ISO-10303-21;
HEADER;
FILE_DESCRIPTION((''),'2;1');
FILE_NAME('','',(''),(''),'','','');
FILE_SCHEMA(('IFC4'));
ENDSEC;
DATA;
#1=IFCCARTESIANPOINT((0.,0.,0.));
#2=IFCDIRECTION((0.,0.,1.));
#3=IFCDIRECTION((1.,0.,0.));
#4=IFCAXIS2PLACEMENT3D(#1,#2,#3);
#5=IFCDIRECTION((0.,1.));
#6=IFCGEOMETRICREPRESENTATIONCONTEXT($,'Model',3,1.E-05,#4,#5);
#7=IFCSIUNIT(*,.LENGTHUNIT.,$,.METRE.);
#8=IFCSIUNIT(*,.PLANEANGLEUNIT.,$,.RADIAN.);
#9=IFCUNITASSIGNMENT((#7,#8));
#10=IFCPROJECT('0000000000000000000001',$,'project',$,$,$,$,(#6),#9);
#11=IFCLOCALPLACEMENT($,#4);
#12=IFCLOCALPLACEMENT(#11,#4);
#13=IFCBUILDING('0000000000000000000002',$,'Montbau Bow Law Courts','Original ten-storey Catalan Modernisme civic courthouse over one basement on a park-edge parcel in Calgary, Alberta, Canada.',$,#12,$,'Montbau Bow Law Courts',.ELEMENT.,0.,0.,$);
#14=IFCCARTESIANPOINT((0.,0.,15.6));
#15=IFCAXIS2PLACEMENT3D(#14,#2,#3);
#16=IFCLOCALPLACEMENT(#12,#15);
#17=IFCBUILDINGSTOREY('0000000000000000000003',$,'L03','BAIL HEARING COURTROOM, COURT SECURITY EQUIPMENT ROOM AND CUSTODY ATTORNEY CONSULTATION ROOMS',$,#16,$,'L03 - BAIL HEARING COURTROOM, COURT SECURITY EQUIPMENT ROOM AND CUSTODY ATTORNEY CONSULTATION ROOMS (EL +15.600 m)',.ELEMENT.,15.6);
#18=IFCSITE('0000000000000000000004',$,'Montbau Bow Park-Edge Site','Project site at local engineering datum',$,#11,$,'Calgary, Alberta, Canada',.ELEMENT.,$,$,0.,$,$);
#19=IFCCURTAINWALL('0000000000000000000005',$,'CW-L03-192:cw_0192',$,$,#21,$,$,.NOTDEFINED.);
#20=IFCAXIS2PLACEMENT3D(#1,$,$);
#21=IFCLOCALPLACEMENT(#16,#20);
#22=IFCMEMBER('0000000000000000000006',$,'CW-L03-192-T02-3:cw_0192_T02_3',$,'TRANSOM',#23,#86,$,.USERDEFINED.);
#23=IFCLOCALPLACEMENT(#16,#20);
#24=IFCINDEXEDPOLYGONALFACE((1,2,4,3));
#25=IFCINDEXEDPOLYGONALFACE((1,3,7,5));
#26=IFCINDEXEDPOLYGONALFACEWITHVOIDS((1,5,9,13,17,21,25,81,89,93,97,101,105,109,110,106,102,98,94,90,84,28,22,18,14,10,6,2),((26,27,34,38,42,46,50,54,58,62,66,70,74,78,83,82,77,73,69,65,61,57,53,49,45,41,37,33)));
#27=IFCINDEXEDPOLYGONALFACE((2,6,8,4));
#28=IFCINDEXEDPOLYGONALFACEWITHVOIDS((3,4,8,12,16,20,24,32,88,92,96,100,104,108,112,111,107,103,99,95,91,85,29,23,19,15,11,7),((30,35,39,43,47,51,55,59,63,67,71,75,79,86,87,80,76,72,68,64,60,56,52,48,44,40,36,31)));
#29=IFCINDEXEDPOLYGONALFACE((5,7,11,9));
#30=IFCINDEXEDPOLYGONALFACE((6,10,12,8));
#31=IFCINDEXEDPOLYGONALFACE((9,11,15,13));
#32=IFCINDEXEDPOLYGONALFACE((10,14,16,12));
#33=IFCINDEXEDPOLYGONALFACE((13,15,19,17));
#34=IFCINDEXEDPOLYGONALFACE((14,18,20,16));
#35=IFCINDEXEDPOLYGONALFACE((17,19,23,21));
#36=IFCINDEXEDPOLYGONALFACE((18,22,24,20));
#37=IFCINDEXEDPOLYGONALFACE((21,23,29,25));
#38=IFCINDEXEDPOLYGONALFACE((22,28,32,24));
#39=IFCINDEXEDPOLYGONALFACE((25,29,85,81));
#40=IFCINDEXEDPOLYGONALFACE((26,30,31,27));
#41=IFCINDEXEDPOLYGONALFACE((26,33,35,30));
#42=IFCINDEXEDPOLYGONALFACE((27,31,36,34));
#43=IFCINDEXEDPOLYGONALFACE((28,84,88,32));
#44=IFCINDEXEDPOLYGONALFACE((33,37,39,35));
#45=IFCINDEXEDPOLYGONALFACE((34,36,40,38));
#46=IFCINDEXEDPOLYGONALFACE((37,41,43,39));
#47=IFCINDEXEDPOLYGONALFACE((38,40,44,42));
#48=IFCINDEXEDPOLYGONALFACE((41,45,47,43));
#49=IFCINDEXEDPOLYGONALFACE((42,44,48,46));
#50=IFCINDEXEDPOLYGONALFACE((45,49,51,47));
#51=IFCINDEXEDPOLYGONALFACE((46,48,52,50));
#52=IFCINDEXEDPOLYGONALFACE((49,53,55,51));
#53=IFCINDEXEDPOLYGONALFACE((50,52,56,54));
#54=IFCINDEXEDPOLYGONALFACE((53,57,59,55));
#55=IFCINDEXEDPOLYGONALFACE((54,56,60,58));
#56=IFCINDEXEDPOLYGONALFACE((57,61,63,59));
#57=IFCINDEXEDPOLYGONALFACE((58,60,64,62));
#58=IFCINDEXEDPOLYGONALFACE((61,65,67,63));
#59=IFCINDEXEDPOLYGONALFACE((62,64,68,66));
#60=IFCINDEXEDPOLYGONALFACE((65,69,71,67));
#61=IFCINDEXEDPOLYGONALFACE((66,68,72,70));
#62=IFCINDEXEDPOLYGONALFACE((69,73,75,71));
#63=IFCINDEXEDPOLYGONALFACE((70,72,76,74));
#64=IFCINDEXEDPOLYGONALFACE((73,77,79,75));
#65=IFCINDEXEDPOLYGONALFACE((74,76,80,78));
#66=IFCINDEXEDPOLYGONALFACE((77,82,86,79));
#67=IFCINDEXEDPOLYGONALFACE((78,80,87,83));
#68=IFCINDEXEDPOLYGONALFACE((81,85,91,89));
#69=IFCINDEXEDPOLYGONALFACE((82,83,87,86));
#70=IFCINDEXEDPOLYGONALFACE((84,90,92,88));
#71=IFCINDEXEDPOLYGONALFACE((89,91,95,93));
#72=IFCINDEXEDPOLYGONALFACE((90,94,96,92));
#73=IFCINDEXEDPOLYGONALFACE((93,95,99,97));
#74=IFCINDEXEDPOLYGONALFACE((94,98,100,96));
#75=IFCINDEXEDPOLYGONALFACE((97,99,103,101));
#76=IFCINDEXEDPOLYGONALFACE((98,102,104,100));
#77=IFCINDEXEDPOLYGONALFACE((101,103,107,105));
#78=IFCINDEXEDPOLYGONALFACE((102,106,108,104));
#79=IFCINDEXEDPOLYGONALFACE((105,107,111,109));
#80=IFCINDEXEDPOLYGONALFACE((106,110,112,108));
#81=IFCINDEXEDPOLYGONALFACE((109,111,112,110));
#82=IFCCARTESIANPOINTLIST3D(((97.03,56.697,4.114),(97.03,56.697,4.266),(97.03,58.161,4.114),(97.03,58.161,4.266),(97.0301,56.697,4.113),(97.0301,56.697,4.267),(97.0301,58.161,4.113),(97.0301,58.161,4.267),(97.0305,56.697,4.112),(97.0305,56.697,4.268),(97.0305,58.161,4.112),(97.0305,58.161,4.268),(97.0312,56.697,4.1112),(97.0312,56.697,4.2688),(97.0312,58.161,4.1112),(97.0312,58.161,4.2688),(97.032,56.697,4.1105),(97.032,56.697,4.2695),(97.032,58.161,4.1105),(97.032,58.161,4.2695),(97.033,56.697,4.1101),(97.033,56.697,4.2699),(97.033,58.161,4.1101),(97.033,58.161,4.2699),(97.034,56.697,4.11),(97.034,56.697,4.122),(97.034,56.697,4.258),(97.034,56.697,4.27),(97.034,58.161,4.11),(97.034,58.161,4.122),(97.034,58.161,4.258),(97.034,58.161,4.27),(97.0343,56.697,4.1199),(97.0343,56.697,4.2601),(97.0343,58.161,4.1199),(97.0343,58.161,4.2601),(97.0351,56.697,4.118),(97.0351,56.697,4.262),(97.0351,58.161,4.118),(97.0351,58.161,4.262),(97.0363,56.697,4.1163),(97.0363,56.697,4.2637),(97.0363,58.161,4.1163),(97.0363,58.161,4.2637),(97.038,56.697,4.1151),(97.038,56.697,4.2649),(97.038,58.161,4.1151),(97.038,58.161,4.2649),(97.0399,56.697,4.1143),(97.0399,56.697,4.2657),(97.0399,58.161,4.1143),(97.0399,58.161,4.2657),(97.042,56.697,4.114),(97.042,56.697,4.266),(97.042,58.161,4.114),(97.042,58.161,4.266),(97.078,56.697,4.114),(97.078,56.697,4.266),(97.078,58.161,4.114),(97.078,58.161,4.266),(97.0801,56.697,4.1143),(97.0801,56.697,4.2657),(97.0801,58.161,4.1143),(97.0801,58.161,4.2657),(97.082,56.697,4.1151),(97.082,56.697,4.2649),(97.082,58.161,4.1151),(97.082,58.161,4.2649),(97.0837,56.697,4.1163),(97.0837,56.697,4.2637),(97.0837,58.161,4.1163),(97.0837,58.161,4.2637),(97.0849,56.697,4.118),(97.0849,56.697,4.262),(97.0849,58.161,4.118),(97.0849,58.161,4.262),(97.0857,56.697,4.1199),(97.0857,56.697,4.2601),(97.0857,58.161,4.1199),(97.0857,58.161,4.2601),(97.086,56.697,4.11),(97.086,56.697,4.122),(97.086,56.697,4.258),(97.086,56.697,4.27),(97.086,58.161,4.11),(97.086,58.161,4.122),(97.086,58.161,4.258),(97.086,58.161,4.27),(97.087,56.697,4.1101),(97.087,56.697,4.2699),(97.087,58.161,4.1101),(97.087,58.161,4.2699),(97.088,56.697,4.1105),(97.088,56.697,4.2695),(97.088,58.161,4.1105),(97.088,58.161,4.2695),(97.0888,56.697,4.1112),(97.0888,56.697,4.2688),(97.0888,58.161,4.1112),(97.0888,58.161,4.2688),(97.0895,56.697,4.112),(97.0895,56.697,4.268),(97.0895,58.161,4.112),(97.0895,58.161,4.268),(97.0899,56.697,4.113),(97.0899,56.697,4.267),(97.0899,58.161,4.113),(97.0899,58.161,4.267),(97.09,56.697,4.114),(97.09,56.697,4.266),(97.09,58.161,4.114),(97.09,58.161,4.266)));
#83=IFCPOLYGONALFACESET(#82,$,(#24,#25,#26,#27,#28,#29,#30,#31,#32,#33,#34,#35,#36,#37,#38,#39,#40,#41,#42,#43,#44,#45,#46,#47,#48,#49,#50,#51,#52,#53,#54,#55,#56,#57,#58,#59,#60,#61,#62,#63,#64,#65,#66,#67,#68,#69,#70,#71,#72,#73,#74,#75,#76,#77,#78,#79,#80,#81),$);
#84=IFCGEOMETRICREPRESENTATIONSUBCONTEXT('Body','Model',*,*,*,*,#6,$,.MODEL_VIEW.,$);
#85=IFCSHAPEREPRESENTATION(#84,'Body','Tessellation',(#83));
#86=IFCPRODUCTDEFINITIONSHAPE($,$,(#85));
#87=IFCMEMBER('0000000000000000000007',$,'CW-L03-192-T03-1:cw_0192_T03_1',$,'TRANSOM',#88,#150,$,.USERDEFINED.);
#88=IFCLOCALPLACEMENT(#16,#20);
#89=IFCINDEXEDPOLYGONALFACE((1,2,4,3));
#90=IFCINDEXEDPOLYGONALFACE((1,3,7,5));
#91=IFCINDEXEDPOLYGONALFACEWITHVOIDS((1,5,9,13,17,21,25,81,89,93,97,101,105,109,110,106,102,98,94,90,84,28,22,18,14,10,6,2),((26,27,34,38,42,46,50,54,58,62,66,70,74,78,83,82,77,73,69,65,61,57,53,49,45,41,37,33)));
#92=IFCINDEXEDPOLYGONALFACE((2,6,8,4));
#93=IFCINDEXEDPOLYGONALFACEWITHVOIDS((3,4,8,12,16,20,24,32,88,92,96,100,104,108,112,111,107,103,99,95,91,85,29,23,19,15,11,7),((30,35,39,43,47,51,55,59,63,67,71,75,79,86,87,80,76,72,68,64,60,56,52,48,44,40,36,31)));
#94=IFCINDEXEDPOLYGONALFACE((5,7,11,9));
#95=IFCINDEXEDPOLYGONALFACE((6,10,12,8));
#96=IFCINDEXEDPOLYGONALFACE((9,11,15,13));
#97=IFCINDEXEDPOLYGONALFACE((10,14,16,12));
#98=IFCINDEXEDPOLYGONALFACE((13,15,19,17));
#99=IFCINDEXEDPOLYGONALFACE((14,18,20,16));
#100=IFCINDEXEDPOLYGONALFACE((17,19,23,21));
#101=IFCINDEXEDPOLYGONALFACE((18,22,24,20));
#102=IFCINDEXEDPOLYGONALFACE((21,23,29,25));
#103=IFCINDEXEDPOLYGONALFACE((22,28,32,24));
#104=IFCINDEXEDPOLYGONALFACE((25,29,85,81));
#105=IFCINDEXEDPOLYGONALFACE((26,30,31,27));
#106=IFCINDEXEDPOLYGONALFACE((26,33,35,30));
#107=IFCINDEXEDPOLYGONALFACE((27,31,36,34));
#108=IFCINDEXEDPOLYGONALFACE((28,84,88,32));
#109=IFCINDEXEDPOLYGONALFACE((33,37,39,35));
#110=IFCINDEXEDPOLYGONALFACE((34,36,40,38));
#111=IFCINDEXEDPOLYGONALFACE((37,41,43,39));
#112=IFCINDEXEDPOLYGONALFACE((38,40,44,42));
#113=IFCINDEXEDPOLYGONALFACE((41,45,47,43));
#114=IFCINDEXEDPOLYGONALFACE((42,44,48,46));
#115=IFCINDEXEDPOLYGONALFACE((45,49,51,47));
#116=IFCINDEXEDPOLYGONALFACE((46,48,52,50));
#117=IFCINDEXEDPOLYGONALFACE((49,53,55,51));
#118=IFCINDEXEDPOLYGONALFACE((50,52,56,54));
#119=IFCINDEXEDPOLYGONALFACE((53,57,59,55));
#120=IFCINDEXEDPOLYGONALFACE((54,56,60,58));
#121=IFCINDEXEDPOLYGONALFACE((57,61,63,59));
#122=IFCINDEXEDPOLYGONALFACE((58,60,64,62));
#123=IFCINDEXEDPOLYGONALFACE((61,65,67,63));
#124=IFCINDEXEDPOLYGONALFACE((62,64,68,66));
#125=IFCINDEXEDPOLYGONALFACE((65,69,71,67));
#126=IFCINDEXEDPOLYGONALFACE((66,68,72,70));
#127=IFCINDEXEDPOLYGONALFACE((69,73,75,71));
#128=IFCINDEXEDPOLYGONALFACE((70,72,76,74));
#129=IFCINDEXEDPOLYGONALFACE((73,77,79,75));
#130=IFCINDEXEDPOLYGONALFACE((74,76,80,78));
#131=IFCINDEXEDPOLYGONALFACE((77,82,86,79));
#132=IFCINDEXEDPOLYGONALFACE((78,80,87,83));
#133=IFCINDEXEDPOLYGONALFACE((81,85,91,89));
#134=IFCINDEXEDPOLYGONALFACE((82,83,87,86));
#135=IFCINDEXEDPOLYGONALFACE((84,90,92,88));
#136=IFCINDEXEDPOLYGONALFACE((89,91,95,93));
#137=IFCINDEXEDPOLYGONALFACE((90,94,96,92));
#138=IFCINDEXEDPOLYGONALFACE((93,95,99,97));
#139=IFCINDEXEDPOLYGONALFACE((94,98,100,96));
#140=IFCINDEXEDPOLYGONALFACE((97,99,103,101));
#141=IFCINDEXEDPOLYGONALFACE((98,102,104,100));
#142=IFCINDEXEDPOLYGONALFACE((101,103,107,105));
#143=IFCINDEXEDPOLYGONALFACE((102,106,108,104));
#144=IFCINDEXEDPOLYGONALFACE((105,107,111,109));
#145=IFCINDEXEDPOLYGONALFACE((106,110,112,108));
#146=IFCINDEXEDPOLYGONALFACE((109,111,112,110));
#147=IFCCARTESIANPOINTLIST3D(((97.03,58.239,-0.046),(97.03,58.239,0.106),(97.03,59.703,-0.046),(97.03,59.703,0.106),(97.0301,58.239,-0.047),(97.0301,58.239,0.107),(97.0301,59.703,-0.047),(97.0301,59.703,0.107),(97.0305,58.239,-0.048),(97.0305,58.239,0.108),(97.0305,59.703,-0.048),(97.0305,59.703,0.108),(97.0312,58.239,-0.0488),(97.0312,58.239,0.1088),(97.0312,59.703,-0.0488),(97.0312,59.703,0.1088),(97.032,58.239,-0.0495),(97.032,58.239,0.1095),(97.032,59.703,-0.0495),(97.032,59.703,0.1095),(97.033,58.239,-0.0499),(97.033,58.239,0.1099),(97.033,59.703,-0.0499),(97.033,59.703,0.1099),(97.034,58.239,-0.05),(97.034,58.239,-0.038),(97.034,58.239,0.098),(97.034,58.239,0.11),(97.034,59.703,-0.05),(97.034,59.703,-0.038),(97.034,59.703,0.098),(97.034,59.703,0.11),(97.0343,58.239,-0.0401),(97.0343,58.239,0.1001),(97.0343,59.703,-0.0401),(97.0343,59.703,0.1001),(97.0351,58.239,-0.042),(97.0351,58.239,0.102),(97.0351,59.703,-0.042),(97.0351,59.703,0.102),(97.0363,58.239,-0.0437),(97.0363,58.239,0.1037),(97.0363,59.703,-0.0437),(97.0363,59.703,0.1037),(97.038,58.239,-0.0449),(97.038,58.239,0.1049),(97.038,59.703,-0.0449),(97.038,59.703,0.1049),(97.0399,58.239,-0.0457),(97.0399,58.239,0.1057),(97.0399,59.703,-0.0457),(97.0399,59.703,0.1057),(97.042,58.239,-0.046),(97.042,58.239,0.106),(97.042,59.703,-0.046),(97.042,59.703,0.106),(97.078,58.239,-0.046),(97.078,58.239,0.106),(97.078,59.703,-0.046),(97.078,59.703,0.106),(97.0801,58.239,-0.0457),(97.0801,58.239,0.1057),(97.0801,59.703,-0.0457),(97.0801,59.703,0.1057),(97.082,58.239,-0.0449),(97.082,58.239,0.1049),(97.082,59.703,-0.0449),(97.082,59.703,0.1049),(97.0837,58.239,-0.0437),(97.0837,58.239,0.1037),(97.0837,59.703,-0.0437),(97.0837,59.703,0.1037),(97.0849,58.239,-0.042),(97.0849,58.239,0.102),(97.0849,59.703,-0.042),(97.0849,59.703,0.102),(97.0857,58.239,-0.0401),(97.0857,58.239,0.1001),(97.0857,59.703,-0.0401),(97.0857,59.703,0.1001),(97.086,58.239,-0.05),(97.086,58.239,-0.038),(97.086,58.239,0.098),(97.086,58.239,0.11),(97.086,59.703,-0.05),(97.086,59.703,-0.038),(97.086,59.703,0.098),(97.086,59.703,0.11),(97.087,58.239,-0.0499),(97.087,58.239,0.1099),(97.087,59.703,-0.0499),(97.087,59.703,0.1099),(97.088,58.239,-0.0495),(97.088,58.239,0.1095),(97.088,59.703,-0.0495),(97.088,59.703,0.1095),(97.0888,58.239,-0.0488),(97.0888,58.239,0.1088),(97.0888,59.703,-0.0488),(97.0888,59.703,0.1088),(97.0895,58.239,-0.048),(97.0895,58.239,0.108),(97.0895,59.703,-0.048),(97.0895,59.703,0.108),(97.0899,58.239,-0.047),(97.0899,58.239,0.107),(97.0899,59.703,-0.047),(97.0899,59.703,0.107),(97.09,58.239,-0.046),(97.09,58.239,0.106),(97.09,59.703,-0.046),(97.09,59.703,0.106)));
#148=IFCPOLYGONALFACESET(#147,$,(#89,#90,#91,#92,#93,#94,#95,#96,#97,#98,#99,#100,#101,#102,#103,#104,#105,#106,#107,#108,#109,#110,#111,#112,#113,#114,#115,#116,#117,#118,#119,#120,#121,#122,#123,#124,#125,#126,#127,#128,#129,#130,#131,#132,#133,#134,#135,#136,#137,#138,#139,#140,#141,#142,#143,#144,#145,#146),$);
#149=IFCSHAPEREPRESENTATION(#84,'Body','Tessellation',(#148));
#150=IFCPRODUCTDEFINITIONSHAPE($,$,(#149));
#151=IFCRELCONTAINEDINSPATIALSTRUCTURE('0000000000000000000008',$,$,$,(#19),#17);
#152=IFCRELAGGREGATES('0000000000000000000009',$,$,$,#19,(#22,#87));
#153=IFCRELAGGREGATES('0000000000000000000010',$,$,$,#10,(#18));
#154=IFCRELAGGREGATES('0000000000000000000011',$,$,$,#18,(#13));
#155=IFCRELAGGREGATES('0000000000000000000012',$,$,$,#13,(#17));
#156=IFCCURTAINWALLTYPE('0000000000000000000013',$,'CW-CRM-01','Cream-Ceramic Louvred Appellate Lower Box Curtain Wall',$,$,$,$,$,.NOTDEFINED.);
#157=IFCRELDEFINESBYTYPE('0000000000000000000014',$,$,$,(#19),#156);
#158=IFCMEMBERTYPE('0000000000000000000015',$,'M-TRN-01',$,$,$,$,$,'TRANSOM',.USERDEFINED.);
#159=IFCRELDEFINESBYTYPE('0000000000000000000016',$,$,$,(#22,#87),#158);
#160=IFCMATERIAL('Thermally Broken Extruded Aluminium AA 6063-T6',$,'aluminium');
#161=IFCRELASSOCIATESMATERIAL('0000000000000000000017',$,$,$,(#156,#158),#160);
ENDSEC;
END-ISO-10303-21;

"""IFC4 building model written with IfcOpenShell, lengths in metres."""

from ifc_helpers import new_model, si_unit, direction, frame, origin_with_axes, origin_2d_with_axis, place, context, subcontext, project, spatial, hollow_rectangle, extrude, material, material_profile, profile_set, type_object, element, aggregate, save


model = new_model("IFC4")

# Units and contexts
model_context = context("Model", 3, precision=1e-05, world=origin_with_axes(), true_north=direction((0.0, 1.0)))
body_context = subcontext(model_context, "Body", "Model", "MODEL_VIEW")
ifc_project = project(units=[si_unit("LENGTHUNIT", "METRE"), si_unit("PLANEANGLEUNIT", "RADIAN")], contexts=[model_context])

# Site, building, storey
site_placement = place(None, origin_with_axes())
site = spatial("IfcSite", under=ifc_project, at=site_placement, Name="Montbau Bow Park-Edge Site", Description="Project site at local engineering datum", LongName="Calgary, Alberta, Canada", CompositionType="ELEMENT", RefElevation=0.0)
building_placement = place(site_placement, origin_with_axes())
building = spatial("IfcBuilding", under=site, at=building_placement, Name="Montbau Bow Law Courts", Description="Original ten-storey Catalan Modernisme civic courthouse over one basement on a park-edge parcel in Calgary, Alberta, Canada.", LongName="Montbau Bow Law Courts", CompositionType="ELEMENT", ElevationOfRefHeight=0.0, ElevationOfTerrain=0.0)
storey_placement = place(building_placement, frame((0.0, 0.0, 15.6), z_axis=(0.0, 0.0, 1.0), x_axis=(1.0, 0.0, 0.0)))
storey = spatial("IfcBuildingStorey", under=building, at=storey_placement, Name="L03", Description="BAIL HEARING COURTROOM, COURT SECURITY EQUIPMENT ROOM AND CUSTODY ATTORNEY CONSULTATION ROOMS", LongName="L03 - BAIL HEARING COURTROOM, COURT SECURITY EQUIPMENT ROOM AND CUSTODY ATTORNEY CONSULTATION ROOMS (EL +15.600 m)", CompositionType="ELEMENT", Elevation=15.6)

# Curtain wall
ifc_material_1 = material(Name="Thermally Broken Extruded Aluminium AA 6063-T6", Category="aluminium")
curtain_wall_type = type_object("IfcCurtainWallType", Name="CW-CRM-01", Description="Cream-Ceramic Louvred Appellate Lower Box Curtain Wall", PredefinedType="NOTDEFINED", material=ifc_material_1)
curtain_wall_1_placement = place(None, frame((97.06, 55.115, 15.6), z_axis=(0.0, 0.0, 1.0), x_axis=(1.0, 0.0, 0.0)))
curtain_wall_1 = element("IfcCurtainWall", 1, at=curtain_wall_1_placement, inside=storey, type_object=curtain_wall_type, Name="CW-L03-192:cw_0192", PredefinedType="NOTDEFINED")

# Members
ifc_material_profile_1 = material_profile(ifc_material_1, hollow_rectangle(XDim=0.06, YDim=0.16, WallThickness=0.004, InnerFilletRadius=0.008, OuterFilletRadius=0.004, at=origin_2d_with_axis()), Name="CWT-160X60", Category="Main", Priority=0)
ifc_profile_set_1 = profile_set([ifc_material_profile_1], Name="Thermally Broken Extruded Aluminium AA 6063-T6")
member_type_1 = type_object("IfcMemberType", Name="M-TRN-01", ElementType="TRANSOM", PredefinedType="USERDEFINED", material=ifc_profile_set_1)
member_1_placement = place(None, frame((97.06, 56.697, 19.79), z_axis=(0.0, 1.0, 0.0), x_axis=(-1.0, 0.0, 0.0)))
member_1 = element("IfcMember", 2, at=member_1_placement, type_object=member_type_1, Name="CW-L03-192-T02-3:cw_0192_T02_3", ObjectType="TRANSOM", PredefinedType="USERDEFINED", context=body_context, shape_type="SweptSolid", body=[
    extrude(hollow_rectangle(XDim=0.06, YDim=0.16, WallThickness=0.004, InnerFilletRadius=0.008, OuterFilletRadius=0.004, at=origin_2d_with_axis()), origin_with_axes(), (0.0, 0.0, 1.0), 1.464),
])
member_2_placement = place(None, frame((97.06, 58.239, 15.63), z_axis=(0.0, 1.0, 0.0), x_axis=(-1.0, 0.0, 0.0)))
member_2 = element("IfcMember", 3, at=member_2_placement, type_object=member_type_1, Name="CW-L03-192-T03-1:cw_0192_T03_1", ObjectType="TRANSOM", PredefinedType="USERDEFINED", context=body_context, shape_type="SweptSolid", body=[
    extrude(hollow_rectangle(XDim=0.06, YDim=0.16, WallThickness=0.004, InnerFilletRadius=0.008, OuterFilletRadius=0.004, at=origin_2d_with_axis()), origin_with_axes(), (0.0, 0.0, 1.0), 1.464),
])

aggregate(curtain_wall_1, [member_1, member_2])

save(model, "model.ifc")
